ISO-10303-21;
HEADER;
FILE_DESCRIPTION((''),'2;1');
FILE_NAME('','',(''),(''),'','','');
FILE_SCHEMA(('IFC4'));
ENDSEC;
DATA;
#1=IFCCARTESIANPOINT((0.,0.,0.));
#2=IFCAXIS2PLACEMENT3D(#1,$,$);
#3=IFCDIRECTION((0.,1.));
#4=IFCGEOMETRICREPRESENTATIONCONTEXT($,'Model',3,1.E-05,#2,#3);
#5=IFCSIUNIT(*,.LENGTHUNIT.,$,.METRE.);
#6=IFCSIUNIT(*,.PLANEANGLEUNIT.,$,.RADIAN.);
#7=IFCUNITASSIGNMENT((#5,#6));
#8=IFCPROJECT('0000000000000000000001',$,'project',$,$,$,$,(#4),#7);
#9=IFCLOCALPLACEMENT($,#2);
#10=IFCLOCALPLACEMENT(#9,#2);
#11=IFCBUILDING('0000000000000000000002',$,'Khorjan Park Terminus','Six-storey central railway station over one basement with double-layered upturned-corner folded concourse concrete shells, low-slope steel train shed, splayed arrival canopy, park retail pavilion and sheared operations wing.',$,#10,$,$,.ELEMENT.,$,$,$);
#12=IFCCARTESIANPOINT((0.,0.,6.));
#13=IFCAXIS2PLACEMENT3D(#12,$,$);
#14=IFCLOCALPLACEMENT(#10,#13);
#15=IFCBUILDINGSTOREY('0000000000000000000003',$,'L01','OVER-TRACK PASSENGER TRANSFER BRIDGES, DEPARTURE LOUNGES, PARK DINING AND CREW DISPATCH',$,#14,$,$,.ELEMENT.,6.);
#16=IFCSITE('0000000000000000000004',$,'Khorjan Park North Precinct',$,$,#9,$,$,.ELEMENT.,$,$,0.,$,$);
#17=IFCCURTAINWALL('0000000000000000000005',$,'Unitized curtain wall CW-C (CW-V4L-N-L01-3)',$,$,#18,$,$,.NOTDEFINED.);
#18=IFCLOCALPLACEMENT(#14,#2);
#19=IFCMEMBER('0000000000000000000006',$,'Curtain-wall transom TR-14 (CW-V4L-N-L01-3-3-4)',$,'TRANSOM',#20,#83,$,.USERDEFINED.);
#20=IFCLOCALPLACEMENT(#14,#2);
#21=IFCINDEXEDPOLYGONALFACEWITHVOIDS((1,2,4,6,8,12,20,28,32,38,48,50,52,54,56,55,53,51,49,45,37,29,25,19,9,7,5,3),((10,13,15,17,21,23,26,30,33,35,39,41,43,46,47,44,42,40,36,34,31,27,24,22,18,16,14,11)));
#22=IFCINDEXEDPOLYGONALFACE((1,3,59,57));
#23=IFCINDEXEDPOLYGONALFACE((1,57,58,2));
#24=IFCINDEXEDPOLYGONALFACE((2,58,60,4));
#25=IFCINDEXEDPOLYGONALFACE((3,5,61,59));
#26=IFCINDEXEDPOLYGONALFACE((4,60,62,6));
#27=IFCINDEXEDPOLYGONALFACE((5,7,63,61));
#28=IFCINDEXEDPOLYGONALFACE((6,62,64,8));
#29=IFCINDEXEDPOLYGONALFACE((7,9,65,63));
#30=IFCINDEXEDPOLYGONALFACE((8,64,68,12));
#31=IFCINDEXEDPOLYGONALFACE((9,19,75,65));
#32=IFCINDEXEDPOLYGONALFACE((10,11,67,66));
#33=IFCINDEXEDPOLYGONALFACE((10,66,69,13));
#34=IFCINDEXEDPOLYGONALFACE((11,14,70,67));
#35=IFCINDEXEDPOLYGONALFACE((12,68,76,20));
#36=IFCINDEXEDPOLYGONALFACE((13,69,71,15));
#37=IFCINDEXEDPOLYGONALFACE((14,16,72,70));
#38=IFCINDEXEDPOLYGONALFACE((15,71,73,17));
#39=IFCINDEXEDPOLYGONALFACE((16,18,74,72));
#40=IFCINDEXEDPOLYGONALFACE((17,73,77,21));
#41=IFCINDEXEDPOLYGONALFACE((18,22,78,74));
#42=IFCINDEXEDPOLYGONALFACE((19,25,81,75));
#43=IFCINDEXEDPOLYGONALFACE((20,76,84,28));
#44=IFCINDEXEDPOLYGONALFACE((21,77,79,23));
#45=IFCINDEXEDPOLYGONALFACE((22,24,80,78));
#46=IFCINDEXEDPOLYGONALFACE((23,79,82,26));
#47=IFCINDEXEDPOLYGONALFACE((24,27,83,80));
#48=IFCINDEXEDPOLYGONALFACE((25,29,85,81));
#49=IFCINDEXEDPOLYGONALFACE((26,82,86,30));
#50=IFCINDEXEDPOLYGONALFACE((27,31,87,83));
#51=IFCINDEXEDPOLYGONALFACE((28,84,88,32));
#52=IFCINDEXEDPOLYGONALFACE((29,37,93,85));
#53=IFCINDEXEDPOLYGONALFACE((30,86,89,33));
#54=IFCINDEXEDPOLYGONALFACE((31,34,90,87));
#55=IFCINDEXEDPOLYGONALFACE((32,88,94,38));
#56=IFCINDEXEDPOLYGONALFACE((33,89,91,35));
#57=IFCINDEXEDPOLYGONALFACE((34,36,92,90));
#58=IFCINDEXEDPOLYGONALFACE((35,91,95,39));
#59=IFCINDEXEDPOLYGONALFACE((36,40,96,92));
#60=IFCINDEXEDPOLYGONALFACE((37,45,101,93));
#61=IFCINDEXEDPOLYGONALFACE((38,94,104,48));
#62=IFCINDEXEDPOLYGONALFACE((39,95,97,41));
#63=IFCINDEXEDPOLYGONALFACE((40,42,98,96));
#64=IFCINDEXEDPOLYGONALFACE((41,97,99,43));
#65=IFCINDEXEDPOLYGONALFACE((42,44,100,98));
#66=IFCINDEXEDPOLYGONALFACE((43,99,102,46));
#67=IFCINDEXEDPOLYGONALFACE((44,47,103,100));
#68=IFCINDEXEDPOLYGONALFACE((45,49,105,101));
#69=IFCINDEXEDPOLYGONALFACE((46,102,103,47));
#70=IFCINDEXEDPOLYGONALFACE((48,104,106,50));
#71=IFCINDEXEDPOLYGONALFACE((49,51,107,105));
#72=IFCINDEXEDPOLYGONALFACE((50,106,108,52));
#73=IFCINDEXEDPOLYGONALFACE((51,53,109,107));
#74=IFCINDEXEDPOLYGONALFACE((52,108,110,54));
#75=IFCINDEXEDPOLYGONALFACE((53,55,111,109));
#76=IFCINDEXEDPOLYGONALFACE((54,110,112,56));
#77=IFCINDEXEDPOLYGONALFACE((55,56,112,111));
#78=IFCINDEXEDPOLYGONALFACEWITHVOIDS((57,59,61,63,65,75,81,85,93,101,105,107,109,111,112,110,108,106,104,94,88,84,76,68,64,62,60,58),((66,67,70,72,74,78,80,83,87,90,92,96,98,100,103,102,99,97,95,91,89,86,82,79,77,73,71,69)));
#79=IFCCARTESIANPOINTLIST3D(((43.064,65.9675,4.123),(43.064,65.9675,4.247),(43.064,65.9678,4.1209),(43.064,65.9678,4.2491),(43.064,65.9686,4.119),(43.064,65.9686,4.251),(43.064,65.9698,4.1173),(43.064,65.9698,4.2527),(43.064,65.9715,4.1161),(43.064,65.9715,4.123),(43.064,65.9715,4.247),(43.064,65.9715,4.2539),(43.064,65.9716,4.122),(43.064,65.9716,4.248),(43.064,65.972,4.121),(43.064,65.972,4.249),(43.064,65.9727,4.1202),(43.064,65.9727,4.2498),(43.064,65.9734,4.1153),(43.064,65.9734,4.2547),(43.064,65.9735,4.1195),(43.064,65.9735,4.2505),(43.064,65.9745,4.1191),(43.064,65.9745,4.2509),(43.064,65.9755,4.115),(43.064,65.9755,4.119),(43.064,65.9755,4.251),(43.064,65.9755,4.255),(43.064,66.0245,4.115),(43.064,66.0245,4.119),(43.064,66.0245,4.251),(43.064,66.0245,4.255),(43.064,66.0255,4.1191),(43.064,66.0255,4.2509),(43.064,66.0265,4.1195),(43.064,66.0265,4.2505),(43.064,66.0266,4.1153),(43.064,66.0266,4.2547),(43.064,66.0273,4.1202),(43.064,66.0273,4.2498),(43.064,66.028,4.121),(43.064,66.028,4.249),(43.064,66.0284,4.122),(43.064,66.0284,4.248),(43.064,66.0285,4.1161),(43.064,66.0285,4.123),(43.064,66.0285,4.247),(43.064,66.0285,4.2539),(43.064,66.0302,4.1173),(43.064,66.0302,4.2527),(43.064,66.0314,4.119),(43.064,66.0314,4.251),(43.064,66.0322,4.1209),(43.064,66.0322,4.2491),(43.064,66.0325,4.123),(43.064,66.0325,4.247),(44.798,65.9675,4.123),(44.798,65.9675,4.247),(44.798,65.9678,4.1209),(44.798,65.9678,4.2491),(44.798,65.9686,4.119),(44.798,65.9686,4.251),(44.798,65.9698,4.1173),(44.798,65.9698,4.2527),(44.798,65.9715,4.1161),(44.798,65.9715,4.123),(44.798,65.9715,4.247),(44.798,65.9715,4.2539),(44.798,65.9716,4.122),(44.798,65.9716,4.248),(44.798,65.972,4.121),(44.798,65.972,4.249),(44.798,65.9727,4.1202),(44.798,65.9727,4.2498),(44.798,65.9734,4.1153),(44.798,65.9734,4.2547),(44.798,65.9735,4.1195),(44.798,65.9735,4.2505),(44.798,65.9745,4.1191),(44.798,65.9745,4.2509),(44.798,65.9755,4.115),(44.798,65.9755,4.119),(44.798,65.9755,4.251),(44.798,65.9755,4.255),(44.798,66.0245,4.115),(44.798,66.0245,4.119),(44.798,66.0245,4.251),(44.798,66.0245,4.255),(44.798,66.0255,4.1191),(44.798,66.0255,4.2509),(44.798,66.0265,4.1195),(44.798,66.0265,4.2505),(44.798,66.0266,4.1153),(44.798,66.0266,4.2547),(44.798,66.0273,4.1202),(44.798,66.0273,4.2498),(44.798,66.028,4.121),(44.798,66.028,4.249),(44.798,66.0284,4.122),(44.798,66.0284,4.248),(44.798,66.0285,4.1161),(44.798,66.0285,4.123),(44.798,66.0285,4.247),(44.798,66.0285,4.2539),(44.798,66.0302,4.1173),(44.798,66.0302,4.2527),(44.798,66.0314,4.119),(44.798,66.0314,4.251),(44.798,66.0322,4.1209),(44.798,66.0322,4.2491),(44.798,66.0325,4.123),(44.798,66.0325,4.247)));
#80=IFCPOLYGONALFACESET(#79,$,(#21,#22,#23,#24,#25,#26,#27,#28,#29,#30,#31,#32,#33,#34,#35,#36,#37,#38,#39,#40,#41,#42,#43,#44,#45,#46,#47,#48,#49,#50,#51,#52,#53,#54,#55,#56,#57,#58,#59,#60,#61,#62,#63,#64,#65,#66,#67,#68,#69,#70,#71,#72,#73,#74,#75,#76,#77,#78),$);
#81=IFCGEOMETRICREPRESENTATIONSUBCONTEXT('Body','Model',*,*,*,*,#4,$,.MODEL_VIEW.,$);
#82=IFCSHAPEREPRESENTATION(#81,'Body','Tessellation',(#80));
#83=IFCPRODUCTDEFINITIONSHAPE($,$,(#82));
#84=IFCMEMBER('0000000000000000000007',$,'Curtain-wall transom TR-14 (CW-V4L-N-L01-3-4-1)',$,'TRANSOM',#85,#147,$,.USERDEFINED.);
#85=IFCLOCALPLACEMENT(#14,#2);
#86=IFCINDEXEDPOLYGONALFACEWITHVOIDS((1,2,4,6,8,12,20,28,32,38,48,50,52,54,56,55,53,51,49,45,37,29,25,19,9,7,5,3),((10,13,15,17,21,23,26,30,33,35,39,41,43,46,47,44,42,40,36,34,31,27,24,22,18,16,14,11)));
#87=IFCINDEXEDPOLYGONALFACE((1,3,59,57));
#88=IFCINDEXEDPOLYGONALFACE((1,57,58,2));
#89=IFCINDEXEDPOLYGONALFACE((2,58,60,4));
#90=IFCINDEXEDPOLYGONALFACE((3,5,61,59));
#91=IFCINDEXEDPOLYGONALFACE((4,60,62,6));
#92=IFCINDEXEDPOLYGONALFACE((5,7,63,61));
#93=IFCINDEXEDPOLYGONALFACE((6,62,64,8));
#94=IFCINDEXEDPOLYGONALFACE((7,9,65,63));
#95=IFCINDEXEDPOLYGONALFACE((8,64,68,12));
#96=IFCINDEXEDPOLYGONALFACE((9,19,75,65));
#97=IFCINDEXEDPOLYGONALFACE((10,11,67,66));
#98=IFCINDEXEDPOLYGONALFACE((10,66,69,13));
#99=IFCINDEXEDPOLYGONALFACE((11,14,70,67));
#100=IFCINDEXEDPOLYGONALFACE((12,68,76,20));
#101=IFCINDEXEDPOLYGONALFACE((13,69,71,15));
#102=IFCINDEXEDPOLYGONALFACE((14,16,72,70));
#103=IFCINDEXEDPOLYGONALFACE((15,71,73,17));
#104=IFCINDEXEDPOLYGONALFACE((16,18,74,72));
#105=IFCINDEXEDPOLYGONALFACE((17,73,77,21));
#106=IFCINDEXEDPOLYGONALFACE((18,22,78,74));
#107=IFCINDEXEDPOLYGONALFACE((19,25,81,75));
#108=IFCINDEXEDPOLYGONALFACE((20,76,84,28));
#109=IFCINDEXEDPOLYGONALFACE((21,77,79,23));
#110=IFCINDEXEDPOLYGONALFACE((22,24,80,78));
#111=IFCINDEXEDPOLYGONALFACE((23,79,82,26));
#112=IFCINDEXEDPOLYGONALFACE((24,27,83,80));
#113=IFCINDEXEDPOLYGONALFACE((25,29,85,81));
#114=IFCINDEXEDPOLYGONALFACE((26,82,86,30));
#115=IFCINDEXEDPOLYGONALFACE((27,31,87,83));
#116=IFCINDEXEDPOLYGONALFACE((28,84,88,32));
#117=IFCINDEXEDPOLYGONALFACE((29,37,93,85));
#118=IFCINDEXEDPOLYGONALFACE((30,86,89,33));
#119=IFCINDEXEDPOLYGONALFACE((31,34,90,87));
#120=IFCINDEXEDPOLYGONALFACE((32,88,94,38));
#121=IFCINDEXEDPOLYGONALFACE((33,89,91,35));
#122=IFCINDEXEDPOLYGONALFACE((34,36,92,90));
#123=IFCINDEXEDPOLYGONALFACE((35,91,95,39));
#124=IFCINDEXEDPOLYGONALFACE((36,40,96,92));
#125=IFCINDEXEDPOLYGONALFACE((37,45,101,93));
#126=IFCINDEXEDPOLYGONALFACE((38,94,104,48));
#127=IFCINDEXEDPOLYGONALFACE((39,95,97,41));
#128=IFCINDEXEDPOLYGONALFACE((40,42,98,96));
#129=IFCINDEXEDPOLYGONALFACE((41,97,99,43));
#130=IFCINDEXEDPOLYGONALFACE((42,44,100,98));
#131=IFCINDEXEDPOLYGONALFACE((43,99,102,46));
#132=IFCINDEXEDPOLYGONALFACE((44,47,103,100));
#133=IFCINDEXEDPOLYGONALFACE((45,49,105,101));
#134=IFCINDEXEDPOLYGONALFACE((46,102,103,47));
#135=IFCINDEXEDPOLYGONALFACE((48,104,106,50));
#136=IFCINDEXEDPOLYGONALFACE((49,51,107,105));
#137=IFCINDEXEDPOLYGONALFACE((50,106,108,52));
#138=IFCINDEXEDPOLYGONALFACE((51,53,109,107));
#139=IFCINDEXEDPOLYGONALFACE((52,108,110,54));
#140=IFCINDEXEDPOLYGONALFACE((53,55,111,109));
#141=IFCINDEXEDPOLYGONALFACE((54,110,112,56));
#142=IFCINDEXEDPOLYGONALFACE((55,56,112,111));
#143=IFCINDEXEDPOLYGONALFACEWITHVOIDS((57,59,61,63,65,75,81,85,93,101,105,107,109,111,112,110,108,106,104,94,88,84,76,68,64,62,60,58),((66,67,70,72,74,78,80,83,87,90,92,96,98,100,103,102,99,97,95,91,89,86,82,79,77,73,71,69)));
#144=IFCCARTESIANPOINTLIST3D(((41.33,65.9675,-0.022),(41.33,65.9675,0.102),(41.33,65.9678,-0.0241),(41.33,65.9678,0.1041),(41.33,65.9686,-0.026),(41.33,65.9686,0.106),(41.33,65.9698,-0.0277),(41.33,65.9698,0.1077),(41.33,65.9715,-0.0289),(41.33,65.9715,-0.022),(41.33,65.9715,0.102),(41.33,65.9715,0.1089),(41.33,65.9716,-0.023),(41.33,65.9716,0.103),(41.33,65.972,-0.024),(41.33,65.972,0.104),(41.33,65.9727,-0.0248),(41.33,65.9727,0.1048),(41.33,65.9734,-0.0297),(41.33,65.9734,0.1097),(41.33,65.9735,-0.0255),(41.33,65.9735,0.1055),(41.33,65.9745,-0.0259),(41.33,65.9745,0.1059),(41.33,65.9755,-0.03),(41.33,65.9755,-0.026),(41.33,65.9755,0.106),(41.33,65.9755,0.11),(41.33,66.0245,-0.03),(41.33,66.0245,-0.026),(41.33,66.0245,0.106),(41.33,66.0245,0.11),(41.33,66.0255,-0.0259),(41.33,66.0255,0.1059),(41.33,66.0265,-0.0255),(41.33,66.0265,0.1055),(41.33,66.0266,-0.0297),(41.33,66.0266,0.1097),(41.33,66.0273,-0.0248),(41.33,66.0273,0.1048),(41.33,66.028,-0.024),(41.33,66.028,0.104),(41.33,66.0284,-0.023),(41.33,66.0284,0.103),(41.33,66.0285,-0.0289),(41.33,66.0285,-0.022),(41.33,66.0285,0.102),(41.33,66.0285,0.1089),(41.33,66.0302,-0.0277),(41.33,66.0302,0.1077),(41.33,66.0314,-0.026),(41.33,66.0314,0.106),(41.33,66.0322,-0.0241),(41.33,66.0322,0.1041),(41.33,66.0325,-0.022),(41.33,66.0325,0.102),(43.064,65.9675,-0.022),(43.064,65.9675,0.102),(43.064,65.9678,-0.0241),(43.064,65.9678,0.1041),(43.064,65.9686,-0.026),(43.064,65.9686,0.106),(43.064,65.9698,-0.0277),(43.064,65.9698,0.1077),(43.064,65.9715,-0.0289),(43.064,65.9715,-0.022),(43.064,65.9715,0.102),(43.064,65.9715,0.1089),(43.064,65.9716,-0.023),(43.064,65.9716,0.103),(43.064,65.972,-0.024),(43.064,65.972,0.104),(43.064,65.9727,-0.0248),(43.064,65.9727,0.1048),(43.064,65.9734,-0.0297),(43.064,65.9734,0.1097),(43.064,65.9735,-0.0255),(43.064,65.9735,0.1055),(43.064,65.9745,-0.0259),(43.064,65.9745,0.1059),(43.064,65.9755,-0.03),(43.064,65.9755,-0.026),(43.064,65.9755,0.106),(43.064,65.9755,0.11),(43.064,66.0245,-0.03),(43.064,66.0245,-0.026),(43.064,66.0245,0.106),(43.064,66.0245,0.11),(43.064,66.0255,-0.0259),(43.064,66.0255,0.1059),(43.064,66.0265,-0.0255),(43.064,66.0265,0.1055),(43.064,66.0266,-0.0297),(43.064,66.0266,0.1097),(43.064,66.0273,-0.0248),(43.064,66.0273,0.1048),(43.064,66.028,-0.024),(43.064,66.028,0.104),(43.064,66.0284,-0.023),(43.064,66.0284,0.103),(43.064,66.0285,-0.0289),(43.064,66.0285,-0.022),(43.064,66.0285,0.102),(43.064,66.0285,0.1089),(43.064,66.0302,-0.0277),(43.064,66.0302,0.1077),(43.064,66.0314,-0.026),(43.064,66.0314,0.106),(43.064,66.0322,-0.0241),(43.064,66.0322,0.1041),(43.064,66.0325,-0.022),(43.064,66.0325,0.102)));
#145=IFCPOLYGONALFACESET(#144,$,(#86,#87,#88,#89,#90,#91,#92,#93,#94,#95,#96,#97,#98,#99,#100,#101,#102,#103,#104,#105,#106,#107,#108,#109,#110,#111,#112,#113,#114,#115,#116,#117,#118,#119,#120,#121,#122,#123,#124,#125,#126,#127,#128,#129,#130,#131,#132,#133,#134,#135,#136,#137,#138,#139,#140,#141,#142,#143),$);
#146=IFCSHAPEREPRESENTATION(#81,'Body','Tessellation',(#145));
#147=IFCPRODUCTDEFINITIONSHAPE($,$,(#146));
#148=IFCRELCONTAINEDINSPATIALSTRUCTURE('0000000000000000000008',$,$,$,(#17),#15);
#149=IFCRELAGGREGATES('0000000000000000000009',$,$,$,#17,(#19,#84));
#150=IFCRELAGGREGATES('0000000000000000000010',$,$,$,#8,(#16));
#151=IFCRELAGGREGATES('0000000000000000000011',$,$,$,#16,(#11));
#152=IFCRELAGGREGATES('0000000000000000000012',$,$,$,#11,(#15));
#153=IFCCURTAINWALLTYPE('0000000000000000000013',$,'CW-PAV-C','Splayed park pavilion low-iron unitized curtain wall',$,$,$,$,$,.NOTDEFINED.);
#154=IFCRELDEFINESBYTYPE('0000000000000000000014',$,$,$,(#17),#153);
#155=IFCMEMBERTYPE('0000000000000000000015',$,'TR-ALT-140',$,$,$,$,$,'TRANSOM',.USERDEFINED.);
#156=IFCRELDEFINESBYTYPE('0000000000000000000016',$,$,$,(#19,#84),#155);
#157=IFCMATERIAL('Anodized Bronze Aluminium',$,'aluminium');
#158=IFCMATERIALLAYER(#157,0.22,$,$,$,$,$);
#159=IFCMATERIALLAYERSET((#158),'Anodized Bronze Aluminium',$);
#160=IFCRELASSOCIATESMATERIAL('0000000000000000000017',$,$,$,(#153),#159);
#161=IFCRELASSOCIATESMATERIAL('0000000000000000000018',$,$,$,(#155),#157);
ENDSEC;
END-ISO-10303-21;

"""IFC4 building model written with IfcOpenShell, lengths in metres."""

from ifc_helpers import new_model, si_unit, direction, frame, origin, origin_2d, place, context, subcontext, project, spatial, hollow_rectangle, extrude, material, layer, layer_set, material_profile, profile_set, type_object, element, aggregate, save


model = new_model("IFC4")

# Units and contexts
model_context = context("Model", 3, precision=1e-05, world=origin(), true_north=direction((0.0, 1.0)))
body_context = subcontext(model_context, "Body", "Model", "MODEL_VIEW")
ifc_project = project(units=[si_unit("LENGTHUNIT", "METRE"), si_unit("PLANEANGLEUNIT", "RADIAN")], contexts=[model_context])

# Site, building, storey
site_placement = place(None, origin())
site = spatial("IfcSite", under=ifc_project, at=site_placement, Name="Khorjan Park North Precinct", CompositionType="ELEMENT", RefElevation=0.0)
building_placement = place(site_placement, origin())
building = spatial("IfcBuilding", under=site, at=building_placement, Name="Khorjan Park Terminus", Description="Six-storey central railway station over one basement with double-layered upturned-corner folded concourse concrete shells, low-slope steel train shed, splayed arrival canopy, park retail pavilion and sheared operations wing.", CompositionType="ELEMENT")
storey_placement = place(building_placement, frame((0.0, 0.0, 6.0)))
storey = spatial("IfcBuildingStorey", under=building, at=storey_placement, Name="L01", Description="OVER-TRACK PASSENGER TRANSFER BRIDGES, DEPARTURE LOUNGES, PARK DINING AND CREW DISPATCH", CompositionType="ELEMENT", Elevation=6.0)

# Shared definitions
ifc_material_1 = material(Name="Anodized Bronze Aluminium", Category="aluminium")
ifc_layer_1 = layer(ifc_material_1, 0.22)
ifc_layer_set_1 = layer_set([ifc_layer_1], Name="Anodized Bronze Aluminium")
curtain_wall_type = type_object("IfcCurtainWallType", Name="CW-PAV-C", Description="Splayed park pavilion low-iron unitized curtain wall", PredefinedType="NOTDEFINED", material=ifc_layer_set_1)

# Curtain wall
curtain_wall_1_placement = place(storey_placement, origin())
curtain_wall_1 = element("IfcCurtainWall", 1, at=curtain_wall_1_placement, inside=storey, type_object=curtain_wall_type, Name="Unitized curtain wall CW-C (CW-V4L-N-L01-3)", PredefinedType="NOTDEFINED")

# Members
ifc_material_profile_1 = material_profile(ifc_material_1, hollow_rectangle(XDim=0.065, YDim=0.14, WallThickness=0.004, InnerFilletRadius=0.004, OuterFilletRadius=0.008, at=origin_2d()), Name="ALT 65x140x4")
ifc_profile_set_1 = profile_set([ifc_material_profile_1], Name="Anodized Bronze Aluminium")
member_type_1 = type_object("IfcMemberType", Name="TR-ALT-140", ElementType="TRANSOM", PredefinedType="USERDEFINED", material=ifc_profile_set_1)
member_1_placement = place(storey_placement, frame((44.798, 66.0, 4.185), z_axis=(-1.0, 0.0, 0.0), x_axis=(0.0, -1.0, 0.0)))
member_1 = element("IfcMember", 2, at=member_1_placement, type_object=member_type_1, Name="Curtain-wall transom TR-14 (CW-V4L-N-L01-3-3-4)", ObjectType="TRANSOM", PredefinedType="USERDEFINED", context=body_context, shape_type="SweptSolid", body=[
    extrude(hollow_rectangle(XDim=0.065, YDim=0.14, WallThickness=0.004, InnerFilletRadius=0.004, OuterFilletRadius=0.008, at=origin_2d()), origin(), (0.0, 0.0, 1.0), 1.734),
])
member_2_placement = place(storey_placement, frame((43.064, 66.0, 0.04), z_axis=(-1.0, 0.0, 0.0), x_axis=(0.0, -1.0, 0.0)))
member_2 = element("IfcMember", 3, at=member_2_placement, type_object=member_type_1, Name="Curtain-wall transom TR-14 (CW-V4L-N-L01-3-4-1)", ObjectType="TRANSOM", PredefinedType="USERDEFINED", context=body_context, shape_type="SweptSolid", body=[
    extrude(hollow_rectangle(XDim=0.065, YDim=0.14, WallThickness=0.004, InnerFilletRadius=0.004, OuterFilletRadius=0.008, at=origin_2d()), origin(), (0.0, 0.0, 1.0), 1.734),
])

aggregate(curtain_wall_1, [member_1, member_2])

save(model, "model.ifc")
